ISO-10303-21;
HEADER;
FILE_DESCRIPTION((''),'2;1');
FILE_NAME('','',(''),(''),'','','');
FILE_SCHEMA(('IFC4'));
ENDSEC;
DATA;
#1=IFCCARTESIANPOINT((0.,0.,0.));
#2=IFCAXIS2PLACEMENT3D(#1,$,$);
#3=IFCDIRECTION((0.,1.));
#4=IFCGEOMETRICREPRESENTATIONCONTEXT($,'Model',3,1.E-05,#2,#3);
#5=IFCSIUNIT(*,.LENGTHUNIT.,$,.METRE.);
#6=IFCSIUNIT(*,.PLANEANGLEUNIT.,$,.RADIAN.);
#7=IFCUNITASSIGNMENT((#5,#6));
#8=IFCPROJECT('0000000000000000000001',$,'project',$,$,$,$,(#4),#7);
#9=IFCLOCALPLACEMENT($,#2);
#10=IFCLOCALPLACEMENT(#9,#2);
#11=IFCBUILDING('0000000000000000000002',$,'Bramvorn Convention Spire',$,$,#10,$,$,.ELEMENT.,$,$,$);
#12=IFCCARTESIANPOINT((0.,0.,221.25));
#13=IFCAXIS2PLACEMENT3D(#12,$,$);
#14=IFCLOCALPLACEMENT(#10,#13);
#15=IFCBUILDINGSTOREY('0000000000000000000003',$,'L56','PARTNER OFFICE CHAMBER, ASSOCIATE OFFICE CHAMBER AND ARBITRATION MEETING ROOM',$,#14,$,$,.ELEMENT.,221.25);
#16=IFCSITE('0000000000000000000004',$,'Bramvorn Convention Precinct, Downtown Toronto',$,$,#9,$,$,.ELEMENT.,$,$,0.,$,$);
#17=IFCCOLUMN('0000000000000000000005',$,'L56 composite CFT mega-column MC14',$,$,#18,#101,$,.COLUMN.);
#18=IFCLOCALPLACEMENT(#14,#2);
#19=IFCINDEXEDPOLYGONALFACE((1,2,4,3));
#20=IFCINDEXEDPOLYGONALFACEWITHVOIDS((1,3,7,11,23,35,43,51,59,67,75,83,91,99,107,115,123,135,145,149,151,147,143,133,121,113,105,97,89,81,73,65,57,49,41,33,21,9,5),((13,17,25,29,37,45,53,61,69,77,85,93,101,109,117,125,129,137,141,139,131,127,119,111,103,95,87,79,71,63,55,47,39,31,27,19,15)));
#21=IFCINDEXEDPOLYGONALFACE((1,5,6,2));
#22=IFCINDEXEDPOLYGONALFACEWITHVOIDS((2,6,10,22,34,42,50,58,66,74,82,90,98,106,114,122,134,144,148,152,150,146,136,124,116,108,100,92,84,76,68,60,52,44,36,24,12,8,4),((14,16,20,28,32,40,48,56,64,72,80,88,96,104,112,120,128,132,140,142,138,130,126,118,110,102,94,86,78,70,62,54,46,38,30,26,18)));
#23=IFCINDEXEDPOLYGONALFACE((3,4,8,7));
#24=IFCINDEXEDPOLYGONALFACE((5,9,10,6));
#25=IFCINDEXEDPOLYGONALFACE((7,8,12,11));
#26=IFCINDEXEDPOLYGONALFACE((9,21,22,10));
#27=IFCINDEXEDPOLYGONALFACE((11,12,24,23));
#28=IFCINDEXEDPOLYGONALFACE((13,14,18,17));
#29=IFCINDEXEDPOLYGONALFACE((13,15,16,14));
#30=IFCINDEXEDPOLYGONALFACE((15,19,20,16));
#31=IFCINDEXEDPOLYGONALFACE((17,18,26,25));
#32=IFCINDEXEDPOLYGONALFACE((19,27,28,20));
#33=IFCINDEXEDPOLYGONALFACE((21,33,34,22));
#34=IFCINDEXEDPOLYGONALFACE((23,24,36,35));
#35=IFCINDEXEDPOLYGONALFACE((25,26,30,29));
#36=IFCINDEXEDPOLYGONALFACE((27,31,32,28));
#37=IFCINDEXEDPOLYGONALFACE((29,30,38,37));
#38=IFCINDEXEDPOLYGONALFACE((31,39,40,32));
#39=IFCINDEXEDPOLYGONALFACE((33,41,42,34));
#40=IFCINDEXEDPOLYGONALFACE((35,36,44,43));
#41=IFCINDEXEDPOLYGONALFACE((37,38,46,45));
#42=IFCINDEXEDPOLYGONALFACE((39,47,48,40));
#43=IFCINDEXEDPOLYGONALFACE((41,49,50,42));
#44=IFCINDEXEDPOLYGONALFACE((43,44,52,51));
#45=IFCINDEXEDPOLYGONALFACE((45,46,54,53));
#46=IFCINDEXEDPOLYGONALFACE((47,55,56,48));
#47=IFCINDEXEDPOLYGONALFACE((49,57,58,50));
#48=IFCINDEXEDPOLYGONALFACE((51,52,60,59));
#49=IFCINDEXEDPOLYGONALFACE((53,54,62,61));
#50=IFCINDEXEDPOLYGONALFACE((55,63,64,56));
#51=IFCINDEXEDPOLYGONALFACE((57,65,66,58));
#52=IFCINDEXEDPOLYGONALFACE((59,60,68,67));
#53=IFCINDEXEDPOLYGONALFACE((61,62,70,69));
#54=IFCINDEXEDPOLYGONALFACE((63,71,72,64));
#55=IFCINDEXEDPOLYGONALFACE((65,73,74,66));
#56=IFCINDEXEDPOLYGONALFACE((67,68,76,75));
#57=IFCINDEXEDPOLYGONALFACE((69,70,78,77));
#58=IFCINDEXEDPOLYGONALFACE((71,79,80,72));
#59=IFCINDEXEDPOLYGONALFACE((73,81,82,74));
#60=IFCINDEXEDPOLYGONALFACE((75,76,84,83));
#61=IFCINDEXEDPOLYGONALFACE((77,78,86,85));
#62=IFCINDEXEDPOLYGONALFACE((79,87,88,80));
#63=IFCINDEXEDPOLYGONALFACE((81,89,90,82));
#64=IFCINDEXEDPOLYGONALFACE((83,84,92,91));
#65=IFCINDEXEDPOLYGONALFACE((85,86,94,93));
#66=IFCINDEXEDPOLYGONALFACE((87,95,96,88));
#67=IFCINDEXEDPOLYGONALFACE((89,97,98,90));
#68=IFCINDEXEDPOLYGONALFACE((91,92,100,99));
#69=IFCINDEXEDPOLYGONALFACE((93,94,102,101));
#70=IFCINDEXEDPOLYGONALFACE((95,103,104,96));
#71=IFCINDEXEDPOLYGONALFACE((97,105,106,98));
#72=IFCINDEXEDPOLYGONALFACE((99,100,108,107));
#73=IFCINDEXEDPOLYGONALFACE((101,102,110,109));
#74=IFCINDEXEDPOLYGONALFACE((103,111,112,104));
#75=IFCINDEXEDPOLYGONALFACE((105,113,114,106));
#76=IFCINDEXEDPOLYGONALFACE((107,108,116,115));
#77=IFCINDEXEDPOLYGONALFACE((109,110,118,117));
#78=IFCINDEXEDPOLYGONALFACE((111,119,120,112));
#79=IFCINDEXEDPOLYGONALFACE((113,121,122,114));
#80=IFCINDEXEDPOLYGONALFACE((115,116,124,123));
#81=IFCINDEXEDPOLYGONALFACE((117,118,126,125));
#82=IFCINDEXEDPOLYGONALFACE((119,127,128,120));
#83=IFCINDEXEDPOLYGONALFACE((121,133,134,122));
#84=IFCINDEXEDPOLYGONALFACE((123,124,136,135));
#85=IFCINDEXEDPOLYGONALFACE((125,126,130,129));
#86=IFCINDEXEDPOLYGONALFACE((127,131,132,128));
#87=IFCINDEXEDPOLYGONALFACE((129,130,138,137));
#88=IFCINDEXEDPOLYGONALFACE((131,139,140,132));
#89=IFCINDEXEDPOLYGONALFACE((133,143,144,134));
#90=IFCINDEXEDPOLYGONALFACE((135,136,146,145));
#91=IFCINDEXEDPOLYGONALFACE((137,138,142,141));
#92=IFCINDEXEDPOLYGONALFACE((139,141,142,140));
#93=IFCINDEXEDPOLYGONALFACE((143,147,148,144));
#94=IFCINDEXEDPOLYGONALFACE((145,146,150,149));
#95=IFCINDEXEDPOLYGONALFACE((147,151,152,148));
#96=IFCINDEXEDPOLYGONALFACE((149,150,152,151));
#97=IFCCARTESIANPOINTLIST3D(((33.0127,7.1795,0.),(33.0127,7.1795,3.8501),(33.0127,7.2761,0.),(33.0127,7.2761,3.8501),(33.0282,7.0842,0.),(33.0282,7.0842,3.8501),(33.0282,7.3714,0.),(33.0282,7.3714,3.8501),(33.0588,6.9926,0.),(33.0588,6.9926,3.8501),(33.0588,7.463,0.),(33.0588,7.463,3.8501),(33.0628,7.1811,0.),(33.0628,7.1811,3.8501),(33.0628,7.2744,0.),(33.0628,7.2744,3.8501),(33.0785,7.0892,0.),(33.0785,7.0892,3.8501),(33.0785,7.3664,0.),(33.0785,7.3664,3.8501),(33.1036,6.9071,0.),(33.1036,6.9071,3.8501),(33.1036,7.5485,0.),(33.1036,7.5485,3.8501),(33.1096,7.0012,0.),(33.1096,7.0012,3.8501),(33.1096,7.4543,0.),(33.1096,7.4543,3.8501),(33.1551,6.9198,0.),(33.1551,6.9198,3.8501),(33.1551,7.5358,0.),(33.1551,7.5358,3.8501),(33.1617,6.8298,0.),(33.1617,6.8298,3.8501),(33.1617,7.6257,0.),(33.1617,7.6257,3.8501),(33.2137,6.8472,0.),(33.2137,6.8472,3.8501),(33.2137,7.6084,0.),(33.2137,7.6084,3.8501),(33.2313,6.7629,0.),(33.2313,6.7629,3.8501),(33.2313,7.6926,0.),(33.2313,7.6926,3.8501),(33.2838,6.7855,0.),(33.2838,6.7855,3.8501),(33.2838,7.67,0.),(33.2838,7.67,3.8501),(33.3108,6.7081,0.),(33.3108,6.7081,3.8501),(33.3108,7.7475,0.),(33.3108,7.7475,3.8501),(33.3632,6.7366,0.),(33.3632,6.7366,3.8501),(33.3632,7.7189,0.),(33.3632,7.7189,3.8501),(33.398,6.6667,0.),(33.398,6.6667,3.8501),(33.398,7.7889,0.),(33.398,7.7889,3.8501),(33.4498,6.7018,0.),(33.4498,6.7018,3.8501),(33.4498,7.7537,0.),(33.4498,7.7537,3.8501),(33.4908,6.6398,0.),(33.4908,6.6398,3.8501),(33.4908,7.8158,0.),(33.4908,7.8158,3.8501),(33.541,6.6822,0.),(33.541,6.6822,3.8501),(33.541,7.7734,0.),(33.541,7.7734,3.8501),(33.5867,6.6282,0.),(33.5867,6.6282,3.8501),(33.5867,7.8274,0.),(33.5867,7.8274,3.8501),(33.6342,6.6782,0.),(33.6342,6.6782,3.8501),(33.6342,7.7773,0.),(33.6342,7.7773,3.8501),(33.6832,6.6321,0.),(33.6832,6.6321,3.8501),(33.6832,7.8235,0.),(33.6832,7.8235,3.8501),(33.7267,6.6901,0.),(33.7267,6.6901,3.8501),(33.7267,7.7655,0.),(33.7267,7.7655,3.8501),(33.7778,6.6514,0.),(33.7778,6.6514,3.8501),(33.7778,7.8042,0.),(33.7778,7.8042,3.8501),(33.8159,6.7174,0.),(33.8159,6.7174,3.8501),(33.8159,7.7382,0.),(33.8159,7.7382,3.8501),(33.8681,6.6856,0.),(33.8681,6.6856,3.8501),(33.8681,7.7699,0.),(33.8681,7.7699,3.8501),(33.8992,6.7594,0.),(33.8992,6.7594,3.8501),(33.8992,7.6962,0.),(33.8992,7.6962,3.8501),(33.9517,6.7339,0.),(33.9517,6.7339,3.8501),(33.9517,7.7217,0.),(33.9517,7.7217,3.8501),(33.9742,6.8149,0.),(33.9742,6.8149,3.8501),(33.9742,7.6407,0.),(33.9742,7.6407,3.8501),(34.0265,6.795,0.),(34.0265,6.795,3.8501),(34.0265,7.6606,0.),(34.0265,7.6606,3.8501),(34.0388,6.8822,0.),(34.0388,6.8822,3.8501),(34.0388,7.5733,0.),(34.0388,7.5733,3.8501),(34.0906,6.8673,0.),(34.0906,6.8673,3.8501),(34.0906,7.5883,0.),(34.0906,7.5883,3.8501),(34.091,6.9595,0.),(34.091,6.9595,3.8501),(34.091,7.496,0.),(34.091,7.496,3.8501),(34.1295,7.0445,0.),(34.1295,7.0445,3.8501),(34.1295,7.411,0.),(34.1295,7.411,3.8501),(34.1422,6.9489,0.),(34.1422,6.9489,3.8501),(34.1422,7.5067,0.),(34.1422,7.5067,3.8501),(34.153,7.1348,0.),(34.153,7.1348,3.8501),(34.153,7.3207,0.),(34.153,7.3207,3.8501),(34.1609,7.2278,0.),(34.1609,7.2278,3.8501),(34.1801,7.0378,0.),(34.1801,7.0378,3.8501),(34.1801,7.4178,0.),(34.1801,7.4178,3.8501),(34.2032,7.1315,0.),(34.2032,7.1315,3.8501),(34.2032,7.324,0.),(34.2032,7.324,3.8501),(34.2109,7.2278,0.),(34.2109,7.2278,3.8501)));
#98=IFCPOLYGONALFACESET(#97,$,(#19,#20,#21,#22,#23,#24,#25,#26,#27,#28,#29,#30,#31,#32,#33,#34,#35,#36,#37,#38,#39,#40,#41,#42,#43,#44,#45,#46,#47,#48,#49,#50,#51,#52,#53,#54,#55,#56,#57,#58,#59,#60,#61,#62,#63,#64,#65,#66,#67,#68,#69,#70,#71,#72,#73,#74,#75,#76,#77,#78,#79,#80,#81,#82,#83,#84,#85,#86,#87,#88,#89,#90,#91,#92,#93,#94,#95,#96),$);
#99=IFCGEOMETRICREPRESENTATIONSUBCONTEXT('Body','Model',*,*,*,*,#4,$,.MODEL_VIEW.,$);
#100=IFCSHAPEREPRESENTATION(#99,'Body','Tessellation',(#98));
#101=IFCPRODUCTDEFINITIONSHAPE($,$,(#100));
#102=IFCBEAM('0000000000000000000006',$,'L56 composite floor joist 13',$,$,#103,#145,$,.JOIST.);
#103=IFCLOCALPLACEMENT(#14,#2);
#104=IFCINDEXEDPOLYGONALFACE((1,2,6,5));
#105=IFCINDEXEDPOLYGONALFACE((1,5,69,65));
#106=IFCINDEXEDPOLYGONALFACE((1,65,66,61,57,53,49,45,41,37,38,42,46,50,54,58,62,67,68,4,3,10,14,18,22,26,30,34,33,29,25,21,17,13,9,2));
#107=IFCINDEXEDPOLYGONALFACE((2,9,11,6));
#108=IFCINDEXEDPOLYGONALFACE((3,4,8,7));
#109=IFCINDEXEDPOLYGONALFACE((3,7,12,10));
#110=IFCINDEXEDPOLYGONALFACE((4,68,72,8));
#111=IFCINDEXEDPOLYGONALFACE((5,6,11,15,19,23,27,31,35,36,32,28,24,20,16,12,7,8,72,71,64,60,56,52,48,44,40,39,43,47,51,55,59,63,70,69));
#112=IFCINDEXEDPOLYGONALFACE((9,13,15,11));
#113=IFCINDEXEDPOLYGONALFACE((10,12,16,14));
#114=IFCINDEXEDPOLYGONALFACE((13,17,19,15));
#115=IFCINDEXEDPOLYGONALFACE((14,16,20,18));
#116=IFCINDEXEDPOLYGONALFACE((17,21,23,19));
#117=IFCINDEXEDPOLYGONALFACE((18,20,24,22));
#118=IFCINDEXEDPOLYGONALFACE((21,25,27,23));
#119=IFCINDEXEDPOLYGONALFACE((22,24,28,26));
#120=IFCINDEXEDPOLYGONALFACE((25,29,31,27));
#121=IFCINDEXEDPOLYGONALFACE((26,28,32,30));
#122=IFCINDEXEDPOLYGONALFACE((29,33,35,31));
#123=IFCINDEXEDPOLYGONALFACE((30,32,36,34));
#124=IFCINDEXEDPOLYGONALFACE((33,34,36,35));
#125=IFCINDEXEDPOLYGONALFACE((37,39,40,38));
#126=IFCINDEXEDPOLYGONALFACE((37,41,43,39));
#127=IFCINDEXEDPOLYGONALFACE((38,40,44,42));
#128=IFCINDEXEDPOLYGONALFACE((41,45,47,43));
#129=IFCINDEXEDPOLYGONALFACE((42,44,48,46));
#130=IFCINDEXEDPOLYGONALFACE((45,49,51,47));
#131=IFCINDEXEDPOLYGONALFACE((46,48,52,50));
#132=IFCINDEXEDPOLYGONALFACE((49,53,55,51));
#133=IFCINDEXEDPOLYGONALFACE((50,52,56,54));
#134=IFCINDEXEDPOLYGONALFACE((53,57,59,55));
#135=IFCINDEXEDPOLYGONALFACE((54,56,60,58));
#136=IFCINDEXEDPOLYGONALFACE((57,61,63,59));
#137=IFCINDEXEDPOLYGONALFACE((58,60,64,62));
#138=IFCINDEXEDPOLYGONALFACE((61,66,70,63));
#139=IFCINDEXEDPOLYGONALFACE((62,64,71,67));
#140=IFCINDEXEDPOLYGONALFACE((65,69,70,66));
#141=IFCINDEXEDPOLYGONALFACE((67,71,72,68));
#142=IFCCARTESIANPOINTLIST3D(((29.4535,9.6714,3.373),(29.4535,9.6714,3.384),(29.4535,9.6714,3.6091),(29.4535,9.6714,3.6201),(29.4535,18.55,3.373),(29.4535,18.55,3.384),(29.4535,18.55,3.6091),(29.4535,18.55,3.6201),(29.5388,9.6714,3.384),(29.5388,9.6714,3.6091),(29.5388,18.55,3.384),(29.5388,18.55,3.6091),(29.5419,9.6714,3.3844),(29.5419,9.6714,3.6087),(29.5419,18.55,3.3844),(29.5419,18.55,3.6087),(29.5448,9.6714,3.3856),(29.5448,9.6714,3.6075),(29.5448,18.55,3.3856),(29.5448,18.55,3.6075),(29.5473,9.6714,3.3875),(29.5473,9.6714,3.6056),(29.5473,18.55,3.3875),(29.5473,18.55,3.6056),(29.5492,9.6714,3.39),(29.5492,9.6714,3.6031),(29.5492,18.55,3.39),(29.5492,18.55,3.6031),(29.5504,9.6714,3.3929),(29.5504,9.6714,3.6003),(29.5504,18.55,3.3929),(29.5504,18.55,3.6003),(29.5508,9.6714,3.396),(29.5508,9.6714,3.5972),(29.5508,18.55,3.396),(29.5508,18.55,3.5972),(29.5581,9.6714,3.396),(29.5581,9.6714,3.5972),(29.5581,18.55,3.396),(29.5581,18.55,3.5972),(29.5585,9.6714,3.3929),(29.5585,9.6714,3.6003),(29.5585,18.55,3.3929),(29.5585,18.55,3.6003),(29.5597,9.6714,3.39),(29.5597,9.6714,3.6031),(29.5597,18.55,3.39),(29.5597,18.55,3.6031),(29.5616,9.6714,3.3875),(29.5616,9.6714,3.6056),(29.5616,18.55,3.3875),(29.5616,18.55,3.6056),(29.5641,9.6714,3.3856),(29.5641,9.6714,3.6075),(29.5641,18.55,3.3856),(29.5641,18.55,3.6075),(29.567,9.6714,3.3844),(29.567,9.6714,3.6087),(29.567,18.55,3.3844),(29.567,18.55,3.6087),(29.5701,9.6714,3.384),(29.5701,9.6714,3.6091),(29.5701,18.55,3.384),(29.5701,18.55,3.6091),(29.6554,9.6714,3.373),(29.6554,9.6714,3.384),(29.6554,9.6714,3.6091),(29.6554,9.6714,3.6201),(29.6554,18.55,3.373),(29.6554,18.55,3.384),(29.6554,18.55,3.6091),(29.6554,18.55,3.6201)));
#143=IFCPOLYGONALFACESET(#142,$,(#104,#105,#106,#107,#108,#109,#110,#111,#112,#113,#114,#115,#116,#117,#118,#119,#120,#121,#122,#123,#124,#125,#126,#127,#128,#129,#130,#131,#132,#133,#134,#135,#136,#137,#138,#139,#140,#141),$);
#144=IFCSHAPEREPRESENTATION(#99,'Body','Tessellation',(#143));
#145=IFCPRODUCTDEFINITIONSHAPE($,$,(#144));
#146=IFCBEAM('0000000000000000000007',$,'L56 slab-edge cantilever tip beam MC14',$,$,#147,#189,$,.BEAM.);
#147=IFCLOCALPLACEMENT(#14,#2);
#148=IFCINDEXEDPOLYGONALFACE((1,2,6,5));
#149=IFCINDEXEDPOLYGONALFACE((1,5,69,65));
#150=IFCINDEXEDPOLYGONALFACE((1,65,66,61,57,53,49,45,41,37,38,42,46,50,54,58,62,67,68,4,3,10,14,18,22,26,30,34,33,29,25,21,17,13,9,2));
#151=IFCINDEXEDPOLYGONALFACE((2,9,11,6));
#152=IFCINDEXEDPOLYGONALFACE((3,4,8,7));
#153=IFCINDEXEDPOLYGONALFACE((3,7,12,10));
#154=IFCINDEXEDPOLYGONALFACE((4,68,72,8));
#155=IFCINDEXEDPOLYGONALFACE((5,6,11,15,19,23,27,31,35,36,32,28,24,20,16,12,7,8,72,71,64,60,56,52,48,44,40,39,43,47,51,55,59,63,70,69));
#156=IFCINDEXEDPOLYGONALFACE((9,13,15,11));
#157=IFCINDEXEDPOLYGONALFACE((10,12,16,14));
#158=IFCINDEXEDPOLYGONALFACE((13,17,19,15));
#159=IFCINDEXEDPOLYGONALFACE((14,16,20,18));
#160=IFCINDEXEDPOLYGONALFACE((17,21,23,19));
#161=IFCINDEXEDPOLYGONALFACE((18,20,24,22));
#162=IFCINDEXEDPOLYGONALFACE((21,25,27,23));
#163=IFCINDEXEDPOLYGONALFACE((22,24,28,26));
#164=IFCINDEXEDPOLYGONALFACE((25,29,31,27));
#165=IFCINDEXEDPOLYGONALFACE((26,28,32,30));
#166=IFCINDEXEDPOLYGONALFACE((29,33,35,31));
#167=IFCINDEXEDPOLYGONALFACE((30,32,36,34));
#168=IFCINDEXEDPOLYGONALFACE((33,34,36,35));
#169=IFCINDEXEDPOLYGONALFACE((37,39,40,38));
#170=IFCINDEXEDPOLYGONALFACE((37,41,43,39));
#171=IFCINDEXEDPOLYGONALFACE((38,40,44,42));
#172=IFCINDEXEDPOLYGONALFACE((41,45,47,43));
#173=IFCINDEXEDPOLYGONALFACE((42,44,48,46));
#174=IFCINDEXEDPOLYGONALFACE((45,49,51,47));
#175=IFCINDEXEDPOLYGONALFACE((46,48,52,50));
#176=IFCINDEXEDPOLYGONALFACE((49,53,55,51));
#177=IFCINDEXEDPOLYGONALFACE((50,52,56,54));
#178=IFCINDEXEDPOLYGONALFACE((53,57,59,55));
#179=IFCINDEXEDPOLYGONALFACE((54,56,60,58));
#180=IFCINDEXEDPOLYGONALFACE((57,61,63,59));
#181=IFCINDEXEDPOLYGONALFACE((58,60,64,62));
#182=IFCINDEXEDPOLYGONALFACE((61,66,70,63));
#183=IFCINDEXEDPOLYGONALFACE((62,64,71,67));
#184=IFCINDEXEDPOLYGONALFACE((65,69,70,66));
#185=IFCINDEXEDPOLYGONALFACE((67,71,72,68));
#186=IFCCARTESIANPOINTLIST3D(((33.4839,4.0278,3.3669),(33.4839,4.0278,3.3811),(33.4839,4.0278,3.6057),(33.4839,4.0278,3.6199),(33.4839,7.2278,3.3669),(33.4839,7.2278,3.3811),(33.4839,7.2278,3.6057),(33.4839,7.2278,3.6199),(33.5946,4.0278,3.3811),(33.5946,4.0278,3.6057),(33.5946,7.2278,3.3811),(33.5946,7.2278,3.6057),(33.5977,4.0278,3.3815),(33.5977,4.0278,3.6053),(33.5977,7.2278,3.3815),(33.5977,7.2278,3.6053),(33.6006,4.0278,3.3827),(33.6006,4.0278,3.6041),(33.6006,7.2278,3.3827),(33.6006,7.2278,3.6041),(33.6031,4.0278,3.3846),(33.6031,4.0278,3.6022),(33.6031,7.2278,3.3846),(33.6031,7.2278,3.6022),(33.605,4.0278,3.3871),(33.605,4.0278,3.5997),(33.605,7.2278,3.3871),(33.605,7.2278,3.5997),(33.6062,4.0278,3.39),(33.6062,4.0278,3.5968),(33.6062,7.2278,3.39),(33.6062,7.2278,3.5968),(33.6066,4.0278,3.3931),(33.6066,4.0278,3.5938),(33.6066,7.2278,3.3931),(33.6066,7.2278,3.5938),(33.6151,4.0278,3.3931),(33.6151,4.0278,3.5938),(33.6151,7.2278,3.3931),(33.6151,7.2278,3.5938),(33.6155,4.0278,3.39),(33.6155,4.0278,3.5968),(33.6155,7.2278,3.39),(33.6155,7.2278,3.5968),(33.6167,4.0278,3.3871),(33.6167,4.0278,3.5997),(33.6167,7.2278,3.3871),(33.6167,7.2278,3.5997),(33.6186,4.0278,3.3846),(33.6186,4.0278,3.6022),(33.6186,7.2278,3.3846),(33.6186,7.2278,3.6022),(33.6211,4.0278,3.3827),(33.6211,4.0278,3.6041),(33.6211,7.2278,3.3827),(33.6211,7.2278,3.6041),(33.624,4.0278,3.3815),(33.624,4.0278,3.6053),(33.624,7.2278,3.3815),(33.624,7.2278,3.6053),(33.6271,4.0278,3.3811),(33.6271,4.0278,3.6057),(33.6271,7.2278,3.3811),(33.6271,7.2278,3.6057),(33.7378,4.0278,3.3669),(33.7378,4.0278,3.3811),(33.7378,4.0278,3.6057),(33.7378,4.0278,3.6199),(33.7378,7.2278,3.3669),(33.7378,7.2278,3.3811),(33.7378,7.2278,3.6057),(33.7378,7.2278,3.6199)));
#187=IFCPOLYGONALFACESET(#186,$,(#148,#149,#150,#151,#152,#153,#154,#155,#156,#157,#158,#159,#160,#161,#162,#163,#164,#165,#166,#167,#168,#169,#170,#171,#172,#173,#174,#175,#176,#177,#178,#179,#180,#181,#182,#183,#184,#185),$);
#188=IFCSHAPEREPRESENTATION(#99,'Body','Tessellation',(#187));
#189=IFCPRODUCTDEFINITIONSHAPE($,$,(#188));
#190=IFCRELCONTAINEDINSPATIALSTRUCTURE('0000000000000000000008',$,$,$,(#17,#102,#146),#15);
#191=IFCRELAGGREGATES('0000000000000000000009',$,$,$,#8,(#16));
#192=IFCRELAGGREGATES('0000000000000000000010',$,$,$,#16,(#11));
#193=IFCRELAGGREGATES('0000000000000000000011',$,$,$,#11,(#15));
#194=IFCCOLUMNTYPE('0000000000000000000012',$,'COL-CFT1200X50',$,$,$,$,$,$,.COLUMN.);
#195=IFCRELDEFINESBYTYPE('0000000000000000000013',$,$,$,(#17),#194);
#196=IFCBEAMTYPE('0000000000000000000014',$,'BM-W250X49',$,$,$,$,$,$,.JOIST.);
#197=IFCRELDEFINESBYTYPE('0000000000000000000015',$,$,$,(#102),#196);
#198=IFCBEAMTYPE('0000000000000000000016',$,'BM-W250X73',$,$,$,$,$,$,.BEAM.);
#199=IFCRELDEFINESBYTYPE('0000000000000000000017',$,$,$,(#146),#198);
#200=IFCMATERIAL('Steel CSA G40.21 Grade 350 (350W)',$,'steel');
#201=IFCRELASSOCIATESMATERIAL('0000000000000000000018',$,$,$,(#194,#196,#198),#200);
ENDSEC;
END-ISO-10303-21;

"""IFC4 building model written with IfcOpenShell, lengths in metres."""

from ifc_helpers import new_model, si_unit, direction, frame, origin, origin_2d, place, context, subcontext, project, spatial, hollow_circle, i_section, extrude, material, material_profile, profile_set, type_object, element, save


model = new_model("IFC4")

# Units and contexts
model_context = context("Model", 3, precision=1e-05, world=origin(), true_north=direction((0.0, 1.0)))
body_context = subcontext(model_context, "Body", "Model", "MODEL_VIEW")
ifc_project = project(units=[si_unit("LENGTHUNIT", "METRE"), si_unit("PLANEANGLEUNIT", "RADIAN")], contexts=[model_context])

# Site, building, storey
site_placement = place(None, origin())
site = spatial("IfcSite", under=ifc_project, at=site_placement, Name="Bramvorn Convention Precinct, Downtown Toronto", CompositionType="ELEMENT", RefElevation=0.0)
building_placement = place(site_placement, origin())
building = spatial("IfcBuilding", under=site, at=building_placement, Name="Bramvorn Convention Spire", CompositionType="ELEMENT")
storey_placement = place(building_placement, frame((0.0, 0.0, 221.25)))
storey = spatial("IfcBuildingStorey", under=building, at=storey_placement, Name="L56", Description="PARTNER OFFICE CHAMBER, ASSOCIATE OFFICE CHAMBER AND ARBITRATION MEETING ROOM", CompositionType="ELEMENT", Elevation=221.25)

# Column
ifc_material_1 = material(Name="Steel CSA G40.21 Grade 350 (350W)", Category="steel")
ifc_material_profile_1 = material_profile(ifc_material_1, hollow_circle(Radius=0.6001, WallThickness=0.05, at=origin_2d()))
ifc_profile_set_1 = profile_set([ifc_material_profile_1], Name="Steel CSA G40.21 Grade 350 (350W) - CFT1200X50")
column_type = type_object("IfcColumnType", Name="COL-CFT1200X50", PredefinedType="COLUMN", material=ifc_profile_set_1)
column_placement = place(storey_placement, frame((33.6108, 7.2278, 0.0), z_axis=(0.0, 0.0, 1.0), x_axis=(1.0, 0.0, 0.0)))
element("IfcColumn", 1, at=column_placement, inside=storey, type_object=column_type, Name="L56 composite CFT mega-column MC14", PredefinedType="COLUMN", context=body_context, shape_type="SweptSolid", body=[
    extrude(hollow_circle(Radius=0.6001, WallThickness=0.05, at=origin_2d()), origin(), (0.0, 0.0, 1.0), 3.8501),
])

# Beams
ifc_material_profile_2 = material_profile(ifc_material_1, i_section(OverallWidth=0.2019, OverallDepth=0.2471, WebThickness=0.0073, FlangeThickness=0.011, FilletRadius=0.012, at=origin_2d()))
ifc_profile_set_2 = profile_set([ifc_material_profile_2], Name="Steel CSA G40.21 Grade 350 (350W) - W250X49")
beam_type_1 = type_object("IfcBeamType", Name="BM-W250X49", PredefinedType="JOIST", material=ifc_profile_set_2)
beam_1_placement = place(storey_placement, frame((29.5544, 18.55, 3.4966), z_axis=(0.0, -1.0, 0.0), x_axis=(1.0, 0.0, 0.0)))
element("IfcBeam", 2, at=beam_1_placement, inside=storey, type_object=beam_type_1, Name="L56 composite floor joist 13", PredefinedType="JOIST", context=body_context, shape_type="SweptSolid", body=[
    extrude(i_section(OverallWidth=0.2019, OverallDepth=0.2471, WebThickness=0.0073, FlangeThickness=0.011, FilletRadius=0.012, at=origin_2d()), origin(), (0.0, 0.0, 1.0), 8.8787),
])
ifc_material_profile_3 = material_profile(ifc_material_1, i_section(OverallWidth=0.2539, OverallDepth=0.2529, WebThickness=0.0085, FlangeThickness=0.0142, FilletRadius=0.012, at=origin_2d()))
ifc_profile_set_3 = profile_set([ifc_material_profile_3], Name="Steel CSA G40.21 Grade 350 (350W) - W250X73")
beam_type_2 = type_object("IfcBeamType", Name="BM-W250X73", PredefinedType="BEAM", material=ifc_profile_set_3)
beam_2_placement = place(storey_placement, frame((33.6108, 7.2278, 3.4934), z_axis=(0.0, -1.0, 0.0), x_axis=(1.0, 0.0, 0.0)))
element("IfcBeam", 3, at=beam_2_placement, inside=storey, type_object=beam_type_2, Name="L56 slab-edge cantilever tip beam MC14", PredefinedType="BEAM", context=body_context, shape_type="SweptSolid", body=[
    extrude(i_section(OverallWidth=0.2539, OverallDepth=0.2529, WebThickness=0.0085, FlangeThickness=0.0142, FilletRadius=0.012, at=origin_2d()), origin(), (0.0, 0.0, 1.0), 3.2),
])

save(model, "model.ifc")
